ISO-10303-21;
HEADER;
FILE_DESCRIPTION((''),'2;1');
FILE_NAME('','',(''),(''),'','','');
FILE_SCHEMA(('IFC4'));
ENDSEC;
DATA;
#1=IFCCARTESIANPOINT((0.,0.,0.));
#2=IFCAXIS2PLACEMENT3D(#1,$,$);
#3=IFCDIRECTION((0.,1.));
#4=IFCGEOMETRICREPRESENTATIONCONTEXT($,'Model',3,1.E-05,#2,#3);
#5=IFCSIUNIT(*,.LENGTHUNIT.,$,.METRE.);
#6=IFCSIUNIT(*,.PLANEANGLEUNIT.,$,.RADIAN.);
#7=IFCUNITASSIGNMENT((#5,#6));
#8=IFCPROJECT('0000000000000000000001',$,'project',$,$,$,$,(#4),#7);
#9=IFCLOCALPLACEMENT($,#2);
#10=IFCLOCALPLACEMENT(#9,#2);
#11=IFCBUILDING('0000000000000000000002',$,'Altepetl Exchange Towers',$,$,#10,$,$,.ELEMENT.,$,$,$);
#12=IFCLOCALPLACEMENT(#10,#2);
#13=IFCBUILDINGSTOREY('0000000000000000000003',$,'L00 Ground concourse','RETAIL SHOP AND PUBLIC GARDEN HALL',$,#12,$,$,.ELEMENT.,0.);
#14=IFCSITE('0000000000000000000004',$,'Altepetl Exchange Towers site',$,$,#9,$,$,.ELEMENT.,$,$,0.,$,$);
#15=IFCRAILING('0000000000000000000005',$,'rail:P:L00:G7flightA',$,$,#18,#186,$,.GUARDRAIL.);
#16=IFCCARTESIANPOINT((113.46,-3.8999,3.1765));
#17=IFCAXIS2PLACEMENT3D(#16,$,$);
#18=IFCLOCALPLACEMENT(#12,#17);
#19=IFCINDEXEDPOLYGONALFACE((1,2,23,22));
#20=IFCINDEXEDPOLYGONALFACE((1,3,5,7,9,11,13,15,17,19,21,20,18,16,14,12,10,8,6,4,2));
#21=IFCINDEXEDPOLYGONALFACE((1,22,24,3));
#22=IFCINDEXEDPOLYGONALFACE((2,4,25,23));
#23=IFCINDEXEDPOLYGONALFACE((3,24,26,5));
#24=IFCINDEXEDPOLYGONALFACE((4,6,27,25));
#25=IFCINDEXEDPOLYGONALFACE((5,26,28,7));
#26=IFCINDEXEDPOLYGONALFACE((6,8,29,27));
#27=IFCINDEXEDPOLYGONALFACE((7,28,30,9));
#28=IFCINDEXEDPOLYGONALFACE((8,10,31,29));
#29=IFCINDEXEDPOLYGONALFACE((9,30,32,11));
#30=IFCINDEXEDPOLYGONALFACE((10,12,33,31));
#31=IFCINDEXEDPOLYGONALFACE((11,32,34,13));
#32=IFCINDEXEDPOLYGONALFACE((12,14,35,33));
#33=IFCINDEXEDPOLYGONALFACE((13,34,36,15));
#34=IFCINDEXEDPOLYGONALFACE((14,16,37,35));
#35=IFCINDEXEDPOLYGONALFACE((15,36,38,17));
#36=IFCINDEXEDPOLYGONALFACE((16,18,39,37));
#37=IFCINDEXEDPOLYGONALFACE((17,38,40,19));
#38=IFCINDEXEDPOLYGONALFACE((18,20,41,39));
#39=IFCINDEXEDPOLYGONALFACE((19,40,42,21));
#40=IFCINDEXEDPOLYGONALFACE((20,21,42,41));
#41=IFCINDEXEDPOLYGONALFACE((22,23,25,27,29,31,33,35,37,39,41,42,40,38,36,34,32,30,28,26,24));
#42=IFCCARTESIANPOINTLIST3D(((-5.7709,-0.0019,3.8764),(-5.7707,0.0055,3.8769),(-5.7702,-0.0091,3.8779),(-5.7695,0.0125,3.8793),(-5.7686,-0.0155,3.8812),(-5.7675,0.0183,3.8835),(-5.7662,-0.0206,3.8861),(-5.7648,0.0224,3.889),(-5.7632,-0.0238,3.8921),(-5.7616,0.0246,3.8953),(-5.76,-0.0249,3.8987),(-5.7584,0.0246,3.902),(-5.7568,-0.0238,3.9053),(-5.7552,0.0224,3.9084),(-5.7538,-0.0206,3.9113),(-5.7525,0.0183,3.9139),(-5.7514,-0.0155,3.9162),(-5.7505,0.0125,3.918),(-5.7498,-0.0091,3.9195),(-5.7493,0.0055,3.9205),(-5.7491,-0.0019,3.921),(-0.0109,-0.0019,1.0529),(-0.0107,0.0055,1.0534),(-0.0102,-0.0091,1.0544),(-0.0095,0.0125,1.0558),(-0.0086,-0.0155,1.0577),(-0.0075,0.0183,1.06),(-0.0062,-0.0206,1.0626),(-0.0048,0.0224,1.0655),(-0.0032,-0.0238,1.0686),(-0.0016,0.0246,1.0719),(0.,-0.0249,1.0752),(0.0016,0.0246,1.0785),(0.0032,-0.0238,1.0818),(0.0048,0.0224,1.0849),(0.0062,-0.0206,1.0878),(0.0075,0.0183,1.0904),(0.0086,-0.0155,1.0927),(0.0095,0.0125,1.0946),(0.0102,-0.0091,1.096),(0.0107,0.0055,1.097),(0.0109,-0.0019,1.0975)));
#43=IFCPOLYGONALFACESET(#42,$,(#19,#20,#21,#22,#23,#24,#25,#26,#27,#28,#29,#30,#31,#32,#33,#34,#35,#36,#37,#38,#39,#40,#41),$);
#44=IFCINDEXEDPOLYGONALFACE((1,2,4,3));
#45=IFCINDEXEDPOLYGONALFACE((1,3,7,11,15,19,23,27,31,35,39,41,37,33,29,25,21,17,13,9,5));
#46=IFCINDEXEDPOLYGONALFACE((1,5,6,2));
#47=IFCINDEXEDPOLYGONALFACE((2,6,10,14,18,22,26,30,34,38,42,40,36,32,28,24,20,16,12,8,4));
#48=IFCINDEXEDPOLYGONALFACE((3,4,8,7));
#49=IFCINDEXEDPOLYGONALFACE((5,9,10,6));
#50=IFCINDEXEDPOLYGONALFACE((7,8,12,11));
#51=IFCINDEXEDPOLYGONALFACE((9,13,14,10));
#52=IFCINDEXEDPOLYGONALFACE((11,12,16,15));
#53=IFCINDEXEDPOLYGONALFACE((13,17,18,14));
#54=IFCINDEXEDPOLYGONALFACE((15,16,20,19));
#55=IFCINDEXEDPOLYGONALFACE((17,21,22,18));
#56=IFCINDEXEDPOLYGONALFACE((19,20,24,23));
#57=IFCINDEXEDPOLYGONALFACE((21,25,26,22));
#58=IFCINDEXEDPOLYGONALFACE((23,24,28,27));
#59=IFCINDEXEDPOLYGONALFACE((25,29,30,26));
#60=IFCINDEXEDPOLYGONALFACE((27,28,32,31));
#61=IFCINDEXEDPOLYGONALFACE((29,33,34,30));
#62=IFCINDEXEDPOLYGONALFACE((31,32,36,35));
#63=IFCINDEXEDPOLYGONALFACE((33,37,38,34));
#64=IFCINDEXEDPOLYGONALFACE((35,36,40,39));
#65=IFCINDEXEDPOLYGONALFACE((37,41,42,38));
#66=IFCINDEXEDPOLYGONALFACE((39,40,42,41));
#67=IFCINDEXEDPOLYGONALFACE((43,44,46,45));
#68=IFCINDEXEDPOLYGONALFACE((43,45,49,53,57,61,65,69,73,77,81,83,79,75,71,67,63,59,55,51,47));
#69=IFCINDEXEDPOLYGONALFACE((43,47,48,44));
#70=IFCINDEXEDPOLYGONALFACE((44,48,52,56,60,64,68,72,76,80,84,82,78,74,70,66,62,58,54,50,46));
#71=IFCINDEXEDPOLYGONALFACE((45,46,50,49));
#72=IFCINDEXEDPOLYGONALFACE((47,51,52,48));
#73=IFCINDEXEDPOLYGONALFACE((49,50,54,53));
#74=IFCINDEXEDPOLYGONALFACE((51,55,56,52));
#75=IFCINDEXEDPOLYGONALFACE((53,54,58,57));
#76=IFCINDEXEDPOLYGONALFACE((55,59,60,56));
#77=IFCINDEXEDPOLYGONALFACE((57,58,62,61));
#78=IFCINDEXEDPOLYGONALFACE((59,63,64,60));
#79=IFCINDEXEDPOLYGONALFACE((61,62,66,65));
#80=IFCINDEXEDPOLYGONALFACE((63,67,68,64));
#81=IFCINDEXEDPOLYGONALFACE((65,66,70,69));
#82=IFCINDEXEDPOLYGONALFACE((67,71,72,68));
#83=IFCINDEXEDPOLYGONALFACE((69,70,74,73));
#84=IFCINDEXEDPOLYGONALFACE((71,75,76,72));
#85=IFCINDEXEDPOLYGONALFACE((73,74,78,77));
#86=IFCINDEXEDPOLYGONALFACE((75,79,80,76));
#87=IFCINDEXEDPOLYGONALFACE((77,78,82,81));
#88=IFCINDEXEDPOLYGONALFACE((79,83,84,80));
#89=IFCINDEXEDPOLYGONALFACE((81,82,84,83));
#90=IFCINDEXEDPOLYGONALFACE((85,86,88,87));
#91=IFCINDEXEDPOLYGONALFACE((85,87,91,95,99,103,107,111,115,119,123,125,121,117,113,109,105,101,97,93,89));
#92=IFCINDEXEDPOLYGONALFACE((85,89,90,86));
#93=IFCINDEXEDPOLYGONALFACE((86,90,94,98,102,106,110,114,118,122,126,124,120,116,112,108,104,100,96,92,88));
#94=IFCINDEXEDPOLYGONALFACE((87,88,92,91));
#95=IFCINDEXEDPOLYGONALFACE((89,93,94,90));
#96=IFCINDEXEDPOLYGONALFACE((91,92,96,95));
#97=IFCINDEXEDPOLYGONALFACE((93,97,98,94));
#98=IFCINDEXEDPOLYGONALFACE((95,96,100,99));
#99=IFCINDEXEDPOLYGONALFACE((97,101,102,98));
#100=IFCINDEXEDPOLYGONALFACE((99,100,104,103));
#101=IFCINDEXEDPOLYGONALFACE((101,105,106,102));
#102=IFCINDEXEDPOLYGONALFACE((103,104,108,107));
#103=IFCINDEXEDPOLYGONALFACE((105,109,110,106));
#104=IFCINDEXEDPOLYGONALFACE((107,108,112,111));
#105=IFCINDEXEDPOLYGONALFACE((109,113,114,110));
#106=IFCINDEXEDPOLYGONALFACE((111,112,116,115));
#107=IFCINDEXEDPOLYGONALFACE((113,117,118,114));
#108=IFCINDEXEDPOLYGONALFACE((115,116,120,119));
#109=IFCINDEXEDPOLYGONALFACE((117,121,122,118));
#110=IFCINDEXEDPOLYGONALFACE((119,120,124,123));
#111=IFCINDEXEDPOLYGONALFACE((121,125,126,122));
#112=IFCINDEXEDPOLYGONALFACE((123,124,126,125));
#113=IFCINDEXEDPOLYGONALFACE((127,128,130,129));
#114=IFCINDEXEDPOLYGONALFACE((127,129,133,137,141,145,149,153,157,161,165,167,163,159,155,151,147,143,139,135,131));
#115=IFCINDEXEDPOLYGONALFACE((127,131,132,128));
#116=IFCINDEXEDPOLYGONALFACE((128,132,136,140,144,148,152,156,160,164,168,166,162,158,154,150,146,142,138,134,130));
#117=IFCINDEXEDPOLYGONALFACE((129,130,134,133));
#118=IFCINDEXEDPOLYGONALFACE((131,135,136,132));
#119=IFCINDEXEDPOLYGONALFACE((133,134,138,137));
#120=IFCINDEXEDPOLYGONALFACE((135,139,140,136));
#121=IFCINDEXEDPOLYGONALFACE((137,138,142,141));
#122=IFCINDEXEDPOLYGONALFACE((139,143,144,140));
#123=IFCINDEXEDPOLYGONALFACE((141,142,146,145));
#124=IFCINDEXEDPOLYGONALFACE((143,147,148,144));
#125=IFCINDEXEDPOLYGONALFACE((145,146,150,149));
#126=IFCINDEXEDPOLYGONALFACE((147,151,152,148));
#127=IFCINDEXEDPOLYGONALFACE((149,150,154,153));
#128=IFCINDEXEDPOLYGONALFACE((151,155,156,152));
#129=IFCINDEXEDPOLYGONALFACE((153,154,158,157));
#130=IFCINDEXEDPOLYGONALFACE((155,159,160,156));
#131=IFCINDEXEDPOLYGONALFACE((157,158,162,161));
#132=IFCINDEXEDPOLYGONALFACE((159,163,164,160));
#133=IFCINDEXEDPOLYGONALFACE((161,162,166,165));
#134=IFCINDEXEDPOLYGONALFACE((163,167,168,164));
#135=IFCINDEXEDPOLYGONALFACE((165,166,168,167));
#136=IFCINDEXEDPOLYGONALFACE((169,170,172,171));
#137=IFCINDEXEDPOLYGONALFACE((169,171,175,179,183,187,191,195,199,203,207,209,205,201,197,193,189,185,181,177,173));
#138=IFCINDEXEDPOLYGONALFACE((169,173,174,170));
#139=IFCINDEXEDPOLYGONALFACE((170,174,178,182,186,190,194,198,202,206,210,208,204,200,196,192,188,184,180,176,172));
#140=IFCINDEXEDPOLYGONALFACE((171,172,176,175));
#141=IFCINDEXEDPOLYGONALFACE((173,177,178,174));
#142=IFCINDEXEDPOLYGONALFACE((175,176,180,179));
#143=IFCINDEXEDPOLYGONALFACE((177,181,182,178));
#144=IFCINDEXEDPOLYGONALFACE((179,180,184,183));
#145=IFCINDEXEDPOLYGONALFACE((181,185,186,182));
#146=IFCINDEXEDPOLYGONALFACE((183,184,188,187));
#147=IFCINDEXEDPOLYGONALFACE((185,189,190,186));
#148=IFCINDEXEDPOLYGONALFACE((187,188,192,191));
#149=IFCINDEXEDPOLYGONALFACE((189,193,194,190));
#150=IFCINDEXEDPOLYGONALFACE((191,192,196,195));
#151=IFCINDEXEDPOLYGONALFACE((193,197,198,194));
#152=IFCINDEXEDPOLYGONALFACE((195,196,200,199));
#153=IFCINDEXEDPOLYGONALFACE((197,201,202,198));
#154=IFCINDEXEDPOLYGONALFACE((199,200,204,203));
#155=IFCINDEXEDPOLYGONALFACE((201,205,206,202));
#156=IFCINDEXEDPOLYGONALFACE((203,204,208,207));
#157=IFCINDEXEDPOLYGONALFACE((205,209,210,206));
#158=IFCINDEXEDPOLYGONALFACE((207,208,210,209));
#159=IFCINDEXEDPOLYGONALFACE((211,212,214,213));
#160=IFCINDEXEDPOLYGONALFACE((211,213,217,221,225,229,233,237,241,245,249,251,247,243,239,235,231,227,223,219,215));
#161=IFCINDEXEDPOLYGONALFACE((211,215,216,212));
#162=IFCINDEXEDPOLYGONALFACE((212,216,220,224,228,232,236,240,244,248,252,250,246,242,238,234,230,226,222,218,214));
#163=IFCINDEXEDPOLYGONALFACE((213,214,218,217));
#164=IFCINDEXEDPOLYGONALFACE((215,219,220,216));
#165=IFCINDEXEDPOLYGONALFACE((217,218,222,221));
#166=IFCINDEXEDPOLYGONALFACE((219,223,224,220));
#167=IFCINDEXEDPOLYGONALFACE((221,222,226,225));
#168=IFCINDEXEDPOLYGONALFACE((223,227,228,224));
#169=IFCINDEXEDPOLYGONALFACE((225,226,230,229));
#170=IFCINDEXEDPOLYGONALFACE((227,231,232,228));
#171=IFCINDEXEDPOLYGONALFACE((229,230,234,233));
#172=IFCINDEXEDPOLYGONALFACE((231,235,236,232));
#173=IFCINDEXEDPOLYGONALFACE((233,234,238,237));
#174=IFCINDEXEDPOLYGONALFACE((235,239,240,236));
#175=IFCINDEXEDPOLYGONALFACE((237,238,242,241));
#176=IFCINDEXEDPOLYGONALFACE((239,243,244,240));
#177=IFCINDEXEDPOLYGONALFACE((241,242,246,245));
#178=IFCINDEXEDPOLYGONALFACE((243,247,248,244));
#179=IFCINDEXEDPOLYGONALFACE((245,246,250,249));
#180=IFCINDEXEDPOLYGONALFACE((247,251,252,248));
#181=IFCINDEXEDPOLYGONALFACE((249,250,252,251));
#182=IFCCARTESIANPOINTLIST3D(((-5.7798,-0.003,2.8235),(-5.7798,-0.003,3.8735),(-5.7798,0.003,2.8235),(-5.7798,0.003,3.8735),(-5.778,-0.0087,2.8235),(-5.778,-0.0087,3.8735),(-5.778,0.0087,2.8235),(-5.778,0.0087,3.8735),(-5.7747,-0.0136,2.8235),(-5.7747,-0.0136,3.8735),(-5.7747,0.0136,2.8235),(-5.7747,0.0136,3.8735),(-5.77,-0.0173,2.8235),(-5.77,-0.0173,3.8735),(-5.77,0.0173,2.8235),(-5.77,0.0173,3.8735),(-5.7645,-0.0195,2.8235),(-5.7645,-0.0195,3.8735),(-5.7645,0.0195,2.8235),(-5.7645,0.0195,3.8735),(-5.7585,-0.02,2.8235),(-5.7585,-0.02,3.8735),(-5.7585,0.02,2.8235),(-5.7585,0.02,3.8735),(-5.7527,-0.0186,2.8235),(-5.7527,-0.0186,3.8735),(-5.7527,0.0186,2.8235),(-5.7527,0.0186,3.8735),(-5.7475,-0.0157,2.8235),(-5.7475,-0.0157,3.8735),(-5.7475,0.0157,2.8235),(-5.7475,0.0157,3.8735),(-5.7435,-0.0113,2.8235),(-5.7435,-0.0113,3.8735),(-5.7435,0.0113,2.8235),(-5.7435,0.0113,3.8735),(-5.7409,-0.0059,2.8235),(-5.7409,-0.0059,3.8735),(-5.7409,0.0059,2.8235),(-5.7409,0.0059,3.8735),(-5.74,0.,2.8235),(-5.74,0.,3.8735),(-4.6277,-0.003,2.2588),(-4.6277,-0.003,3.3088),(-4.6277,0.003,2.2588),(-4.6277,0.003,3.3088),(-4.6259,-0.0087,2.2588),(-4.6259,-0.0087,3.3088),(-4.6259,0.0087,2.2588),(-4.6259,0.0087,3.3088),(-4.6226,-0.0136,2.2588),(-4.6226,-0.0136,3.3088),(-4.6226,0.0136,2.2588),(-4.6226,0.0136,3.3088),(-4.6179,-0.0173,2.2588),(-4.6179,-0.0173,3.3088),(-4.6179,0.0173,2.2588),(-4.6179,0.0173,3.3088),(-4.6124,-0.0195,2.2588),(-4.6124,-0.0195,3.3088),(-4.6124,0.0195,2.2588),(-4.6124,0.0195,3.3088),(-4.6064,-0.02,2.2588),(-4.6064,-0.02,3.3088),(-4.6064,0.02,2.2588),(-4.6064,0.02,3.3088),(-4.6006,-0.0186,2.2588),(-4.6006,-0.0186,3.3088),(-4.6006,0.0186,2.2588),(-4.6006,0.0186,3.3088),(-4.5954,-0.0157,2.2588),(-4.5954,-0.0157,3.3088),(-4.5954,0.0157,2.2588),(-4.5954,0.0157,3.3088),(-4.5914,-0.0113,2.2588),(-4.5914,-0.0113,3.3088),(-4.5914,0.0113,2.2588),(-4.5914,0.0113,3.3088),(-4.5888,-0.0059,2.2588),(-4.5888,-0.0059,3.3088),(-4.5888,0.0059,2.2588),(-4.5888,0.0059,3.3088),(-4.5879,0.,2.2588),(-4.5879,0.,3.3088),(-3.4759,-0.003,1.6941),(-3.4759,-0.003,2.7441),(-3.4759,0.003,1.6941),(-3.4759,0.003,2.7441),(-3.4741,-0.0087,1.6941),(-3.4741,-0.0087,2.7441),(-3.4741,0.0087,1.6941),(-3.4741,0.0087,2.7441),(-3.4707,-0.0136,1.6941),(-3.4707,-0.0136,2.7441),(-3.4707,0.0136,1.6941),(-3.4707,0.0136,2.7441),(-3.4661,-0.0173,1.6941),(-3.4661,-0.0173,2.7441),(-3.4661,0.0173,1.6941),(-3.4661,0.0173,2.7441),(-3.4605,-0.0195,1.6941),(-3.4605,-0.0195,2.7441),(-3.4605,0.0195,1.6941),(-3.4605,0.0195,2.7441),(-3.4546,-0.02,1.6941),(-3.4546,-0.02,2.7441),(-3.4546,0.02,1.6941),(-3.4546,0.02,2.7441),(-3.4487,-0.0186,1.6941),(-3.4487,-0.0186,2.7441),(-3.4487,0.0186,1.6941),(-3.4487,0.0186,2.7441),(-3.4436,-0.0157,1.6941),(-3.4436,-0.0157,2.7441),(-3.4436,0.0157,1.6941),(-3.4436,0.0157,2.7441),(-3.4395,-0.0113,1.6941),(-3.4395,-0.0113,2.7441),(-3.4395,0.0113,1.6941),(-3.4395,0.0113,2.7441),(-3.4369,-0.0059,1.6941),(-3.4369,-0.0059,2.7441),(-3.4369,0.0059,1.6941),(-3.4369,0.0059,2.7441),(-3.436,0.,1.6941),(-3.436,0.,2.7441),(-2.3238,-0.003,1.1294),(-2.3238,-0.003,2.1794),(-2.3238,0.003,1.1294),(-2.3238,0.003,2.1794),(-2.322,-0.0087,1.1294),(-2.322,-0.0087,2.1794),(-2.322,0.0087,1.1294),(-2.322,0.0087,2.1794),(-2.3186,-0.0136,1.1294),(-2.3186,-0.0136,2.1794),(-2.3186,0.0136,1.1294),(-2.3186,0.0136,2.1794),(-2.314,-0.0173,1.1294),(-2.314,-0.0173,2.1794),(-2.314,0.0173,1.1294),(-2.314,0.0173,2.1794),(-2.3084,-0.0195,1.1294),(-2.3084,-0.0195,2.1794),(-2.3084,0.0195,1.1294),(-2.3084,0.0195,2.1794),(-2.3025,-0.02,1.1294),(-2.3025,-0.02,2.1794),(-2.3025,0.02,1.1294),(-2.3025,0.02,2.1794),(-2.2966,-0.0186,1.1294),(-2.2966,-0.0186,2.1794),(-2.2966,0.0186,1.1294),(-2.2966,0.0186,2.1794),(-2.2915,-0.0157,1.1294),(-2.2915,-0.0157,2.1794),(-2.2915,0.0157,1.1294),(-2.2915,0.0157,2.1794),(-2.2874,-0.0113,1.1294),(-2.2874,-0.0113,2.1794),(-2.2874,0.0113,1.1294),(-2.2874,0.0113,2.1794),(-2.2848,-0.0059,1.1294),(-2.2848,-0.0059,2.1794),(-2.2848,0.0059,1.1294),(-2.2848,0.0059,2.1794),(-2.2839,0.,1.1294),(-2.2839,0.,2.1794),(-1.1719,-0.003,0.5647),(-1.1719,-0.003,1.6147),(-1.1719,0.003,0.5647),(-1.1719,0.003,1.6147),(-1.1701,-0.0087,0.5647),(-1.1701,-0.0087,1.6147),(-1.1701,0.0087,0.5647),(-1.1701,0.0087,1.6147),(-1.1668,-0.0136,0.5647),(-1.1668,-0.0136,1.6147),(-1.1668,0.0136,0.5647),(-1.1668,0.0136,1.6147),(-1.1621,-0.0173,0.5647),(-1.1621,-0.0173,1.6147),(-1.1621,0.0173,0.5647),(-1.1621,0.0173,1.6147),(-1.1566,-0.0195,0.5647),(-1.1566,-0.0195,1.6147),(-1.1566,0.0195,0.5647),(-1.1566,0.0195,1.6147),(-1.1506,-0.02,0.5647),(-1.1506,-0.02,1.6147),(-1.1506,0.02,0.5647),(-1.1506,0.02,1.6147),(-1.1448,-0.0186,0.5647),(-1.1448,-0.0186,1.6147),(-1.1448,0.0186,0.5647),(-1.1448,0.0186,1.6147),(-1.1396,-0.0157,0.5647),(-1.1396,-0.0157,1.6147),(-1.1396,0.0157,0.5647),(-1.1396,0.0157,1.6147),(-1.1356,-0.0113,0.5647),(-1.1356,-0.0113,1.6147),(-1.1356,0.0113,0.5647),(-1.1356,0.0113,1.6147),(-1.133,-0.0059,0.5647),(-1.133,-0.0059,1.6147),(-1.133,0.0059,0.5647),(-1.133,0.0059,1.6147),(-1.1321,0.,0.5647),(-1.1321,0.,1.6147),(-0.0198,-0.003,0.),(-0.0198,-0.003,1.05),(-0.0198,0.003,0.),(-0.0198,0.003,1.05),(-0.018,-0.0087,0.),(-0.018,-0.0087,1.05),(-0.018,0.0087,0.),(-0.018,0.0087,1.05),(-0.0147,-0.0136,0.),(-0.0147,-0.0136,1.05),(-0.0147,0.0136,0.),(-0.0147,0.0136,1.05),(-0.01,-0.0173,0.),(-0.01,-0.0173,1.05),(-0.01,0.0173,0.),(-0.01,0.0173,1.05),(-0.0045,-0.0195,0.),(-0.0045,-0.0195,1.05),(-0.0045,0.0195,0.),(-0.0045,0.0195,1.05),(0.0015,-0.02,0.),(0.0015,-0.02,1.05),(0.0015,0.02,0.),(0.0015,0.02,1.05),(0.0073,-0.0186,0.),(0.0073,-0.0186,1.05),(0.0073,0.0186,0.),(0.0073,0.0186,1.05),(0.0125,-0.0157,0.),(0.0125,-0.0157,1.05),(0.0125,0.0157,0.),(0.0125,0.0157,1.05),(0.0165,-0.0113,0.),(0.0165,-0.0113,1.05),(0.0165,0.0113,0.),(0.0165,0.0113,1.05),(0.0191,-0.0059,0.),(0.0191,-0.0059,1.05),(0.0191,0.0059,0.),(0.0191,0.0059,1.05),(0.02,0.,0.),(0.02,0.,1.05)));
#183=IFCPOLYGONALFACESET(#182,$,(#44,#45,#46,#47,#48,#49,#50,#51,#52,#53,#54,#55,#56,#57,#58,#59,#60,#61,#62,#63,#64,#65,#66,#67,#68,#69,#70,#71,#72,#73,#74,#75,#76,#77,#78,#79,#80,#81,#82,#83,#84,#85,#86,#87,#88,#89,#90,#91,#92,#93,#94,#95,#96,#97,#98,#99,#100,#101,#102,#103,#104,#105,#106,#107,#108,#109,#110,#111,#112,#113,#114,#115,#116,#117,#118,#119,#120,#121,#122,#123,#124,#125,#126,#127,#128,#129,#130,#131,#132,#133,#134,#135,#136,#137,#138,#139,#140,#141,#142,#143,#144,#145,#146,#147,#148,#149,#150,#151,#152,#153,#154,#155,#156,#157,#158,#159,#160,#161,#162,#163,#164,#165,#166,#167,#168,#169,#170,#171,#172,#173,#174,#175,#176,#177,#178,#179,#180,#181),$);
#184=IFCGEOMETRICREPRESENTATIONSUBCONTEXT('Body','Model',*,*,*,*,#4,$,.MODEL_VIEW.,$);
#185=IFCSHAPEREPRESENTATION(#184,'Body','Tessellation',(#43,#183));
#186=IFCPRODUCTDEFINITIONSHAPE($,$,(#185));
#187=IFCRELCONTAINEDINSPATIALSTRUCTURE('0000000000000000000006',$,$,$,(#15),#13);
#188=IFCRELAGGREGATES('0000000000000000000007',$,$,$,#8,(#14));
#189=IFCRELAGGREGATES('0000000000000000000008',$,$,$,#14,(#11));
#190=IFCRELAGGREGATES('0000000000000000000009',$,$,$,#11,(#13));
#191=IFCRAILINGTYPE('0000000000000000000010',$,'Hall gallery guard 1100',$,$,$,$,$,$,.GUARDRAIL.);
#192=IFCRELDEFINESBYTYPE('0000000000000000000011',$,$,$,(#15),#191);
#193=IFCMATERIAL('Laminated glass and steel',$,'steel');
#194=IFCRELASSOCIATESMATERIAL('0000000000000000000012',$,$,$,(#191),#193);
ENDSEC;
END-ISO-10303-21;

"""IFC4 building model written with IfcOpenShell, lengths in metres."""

from ifc_helpers import new_model, si_unit, direction, frame, origin, origin_2d, place, context, subcontext, project, spatial, circle, extrude, source, transform, mapped, material, type_object, element, save


model = new_model("IFC4")

# Units and contexts
model_context = context("Model", 3, precision=1e-05, world=origin(), true_north=direction((0.0, 1.0)))
body_context = subcontext(model_context, "Body", "Model", "MODEL_VIEW")
ifc_project = project(units=[si_unit("LENGTHUNIT", "METRE"), si_unit("PLANEANGLEUNIT", "RADIAN")], contexts=[model_context])

# Site, building, storey
site_placement = place(None, origin())
site = spatial("IfcSite", under=ifc_project, at=site_placement, Name="Altepetl Exchange Towers site", CompositionType="ELEMENT", RefElevation=0.0)
building_placement = place(site_placement, origin())
building = spatial("IfcBuilding", under=site, at=building_placement, Name="Altepetl Exchange Towers", CompositionType="ELEMENT")
storey_placement = place(building_placement, origin())
storey = spatial("IfcBuildingStorey", under=building, at=storey_placement, Name="L00 Ground concourse", Description="RETAIL SHOP AND PUBLIC GARDEN HALL", CompositionType="ELEMENT", Elevation=0.0)

# Railing
ifc_material_1 = material(Name="Laminated glass and steel", Category="steel")
railing_type_1 = type_object("IfcRailingType", Name="Hall gallery guard 1100", PredefinedType="GUARDRAIL", material=ifc_material_1)
shared_shape_1 = source(origin(), body_context, "Body", "SweptSolid", [
    extrude(circle(Radius=0.02, at=origin_2d()), origin(), (0.0, 0.0, 1.0), 1.05),
])
for number, where, name in (
    (1, (113.46, -3.8999, 3.1765), "rail:P:L00:G7flightA"),
):
    element("IfcRailing", number, at=place(storey_placement, frame(where)), inside=storey, type_object=railing_type_1, Name=name, PredefinedType="GUARDRAIL", context=body_context, shape_type="SweptSolid", body=[
        extrude(circle(Radius=0.0249, at=origin_2d()), frame((0.0, 0.0, 1.0752), z_axis=(-0.897924, 0.0, 0.440151), x_axis=(0.0, -1.0, 0.0)), (0.0, 0.0, 1.0), 6.4148),
        mapped(shared_shape_1, transform((0.0, 0.0, 0.0))),
        mapped(shared_shape_1, transform((-1.1521, 0.0, 0.5647))),
        mapped(shared_shape_1, transform((-2.304, 0.0, 1.1294))),
        mapped(shared_shape_1, transform((-3.4561, 0.0, 1.6941))),
        mapped(shared_shape_1, transform((-4.6079, 0.0, 2.2588))),
        mapped(shared_shape_1, transform((-5.76, 0.0, 2.8235))),
    ])

save(model, "model.ifc")
